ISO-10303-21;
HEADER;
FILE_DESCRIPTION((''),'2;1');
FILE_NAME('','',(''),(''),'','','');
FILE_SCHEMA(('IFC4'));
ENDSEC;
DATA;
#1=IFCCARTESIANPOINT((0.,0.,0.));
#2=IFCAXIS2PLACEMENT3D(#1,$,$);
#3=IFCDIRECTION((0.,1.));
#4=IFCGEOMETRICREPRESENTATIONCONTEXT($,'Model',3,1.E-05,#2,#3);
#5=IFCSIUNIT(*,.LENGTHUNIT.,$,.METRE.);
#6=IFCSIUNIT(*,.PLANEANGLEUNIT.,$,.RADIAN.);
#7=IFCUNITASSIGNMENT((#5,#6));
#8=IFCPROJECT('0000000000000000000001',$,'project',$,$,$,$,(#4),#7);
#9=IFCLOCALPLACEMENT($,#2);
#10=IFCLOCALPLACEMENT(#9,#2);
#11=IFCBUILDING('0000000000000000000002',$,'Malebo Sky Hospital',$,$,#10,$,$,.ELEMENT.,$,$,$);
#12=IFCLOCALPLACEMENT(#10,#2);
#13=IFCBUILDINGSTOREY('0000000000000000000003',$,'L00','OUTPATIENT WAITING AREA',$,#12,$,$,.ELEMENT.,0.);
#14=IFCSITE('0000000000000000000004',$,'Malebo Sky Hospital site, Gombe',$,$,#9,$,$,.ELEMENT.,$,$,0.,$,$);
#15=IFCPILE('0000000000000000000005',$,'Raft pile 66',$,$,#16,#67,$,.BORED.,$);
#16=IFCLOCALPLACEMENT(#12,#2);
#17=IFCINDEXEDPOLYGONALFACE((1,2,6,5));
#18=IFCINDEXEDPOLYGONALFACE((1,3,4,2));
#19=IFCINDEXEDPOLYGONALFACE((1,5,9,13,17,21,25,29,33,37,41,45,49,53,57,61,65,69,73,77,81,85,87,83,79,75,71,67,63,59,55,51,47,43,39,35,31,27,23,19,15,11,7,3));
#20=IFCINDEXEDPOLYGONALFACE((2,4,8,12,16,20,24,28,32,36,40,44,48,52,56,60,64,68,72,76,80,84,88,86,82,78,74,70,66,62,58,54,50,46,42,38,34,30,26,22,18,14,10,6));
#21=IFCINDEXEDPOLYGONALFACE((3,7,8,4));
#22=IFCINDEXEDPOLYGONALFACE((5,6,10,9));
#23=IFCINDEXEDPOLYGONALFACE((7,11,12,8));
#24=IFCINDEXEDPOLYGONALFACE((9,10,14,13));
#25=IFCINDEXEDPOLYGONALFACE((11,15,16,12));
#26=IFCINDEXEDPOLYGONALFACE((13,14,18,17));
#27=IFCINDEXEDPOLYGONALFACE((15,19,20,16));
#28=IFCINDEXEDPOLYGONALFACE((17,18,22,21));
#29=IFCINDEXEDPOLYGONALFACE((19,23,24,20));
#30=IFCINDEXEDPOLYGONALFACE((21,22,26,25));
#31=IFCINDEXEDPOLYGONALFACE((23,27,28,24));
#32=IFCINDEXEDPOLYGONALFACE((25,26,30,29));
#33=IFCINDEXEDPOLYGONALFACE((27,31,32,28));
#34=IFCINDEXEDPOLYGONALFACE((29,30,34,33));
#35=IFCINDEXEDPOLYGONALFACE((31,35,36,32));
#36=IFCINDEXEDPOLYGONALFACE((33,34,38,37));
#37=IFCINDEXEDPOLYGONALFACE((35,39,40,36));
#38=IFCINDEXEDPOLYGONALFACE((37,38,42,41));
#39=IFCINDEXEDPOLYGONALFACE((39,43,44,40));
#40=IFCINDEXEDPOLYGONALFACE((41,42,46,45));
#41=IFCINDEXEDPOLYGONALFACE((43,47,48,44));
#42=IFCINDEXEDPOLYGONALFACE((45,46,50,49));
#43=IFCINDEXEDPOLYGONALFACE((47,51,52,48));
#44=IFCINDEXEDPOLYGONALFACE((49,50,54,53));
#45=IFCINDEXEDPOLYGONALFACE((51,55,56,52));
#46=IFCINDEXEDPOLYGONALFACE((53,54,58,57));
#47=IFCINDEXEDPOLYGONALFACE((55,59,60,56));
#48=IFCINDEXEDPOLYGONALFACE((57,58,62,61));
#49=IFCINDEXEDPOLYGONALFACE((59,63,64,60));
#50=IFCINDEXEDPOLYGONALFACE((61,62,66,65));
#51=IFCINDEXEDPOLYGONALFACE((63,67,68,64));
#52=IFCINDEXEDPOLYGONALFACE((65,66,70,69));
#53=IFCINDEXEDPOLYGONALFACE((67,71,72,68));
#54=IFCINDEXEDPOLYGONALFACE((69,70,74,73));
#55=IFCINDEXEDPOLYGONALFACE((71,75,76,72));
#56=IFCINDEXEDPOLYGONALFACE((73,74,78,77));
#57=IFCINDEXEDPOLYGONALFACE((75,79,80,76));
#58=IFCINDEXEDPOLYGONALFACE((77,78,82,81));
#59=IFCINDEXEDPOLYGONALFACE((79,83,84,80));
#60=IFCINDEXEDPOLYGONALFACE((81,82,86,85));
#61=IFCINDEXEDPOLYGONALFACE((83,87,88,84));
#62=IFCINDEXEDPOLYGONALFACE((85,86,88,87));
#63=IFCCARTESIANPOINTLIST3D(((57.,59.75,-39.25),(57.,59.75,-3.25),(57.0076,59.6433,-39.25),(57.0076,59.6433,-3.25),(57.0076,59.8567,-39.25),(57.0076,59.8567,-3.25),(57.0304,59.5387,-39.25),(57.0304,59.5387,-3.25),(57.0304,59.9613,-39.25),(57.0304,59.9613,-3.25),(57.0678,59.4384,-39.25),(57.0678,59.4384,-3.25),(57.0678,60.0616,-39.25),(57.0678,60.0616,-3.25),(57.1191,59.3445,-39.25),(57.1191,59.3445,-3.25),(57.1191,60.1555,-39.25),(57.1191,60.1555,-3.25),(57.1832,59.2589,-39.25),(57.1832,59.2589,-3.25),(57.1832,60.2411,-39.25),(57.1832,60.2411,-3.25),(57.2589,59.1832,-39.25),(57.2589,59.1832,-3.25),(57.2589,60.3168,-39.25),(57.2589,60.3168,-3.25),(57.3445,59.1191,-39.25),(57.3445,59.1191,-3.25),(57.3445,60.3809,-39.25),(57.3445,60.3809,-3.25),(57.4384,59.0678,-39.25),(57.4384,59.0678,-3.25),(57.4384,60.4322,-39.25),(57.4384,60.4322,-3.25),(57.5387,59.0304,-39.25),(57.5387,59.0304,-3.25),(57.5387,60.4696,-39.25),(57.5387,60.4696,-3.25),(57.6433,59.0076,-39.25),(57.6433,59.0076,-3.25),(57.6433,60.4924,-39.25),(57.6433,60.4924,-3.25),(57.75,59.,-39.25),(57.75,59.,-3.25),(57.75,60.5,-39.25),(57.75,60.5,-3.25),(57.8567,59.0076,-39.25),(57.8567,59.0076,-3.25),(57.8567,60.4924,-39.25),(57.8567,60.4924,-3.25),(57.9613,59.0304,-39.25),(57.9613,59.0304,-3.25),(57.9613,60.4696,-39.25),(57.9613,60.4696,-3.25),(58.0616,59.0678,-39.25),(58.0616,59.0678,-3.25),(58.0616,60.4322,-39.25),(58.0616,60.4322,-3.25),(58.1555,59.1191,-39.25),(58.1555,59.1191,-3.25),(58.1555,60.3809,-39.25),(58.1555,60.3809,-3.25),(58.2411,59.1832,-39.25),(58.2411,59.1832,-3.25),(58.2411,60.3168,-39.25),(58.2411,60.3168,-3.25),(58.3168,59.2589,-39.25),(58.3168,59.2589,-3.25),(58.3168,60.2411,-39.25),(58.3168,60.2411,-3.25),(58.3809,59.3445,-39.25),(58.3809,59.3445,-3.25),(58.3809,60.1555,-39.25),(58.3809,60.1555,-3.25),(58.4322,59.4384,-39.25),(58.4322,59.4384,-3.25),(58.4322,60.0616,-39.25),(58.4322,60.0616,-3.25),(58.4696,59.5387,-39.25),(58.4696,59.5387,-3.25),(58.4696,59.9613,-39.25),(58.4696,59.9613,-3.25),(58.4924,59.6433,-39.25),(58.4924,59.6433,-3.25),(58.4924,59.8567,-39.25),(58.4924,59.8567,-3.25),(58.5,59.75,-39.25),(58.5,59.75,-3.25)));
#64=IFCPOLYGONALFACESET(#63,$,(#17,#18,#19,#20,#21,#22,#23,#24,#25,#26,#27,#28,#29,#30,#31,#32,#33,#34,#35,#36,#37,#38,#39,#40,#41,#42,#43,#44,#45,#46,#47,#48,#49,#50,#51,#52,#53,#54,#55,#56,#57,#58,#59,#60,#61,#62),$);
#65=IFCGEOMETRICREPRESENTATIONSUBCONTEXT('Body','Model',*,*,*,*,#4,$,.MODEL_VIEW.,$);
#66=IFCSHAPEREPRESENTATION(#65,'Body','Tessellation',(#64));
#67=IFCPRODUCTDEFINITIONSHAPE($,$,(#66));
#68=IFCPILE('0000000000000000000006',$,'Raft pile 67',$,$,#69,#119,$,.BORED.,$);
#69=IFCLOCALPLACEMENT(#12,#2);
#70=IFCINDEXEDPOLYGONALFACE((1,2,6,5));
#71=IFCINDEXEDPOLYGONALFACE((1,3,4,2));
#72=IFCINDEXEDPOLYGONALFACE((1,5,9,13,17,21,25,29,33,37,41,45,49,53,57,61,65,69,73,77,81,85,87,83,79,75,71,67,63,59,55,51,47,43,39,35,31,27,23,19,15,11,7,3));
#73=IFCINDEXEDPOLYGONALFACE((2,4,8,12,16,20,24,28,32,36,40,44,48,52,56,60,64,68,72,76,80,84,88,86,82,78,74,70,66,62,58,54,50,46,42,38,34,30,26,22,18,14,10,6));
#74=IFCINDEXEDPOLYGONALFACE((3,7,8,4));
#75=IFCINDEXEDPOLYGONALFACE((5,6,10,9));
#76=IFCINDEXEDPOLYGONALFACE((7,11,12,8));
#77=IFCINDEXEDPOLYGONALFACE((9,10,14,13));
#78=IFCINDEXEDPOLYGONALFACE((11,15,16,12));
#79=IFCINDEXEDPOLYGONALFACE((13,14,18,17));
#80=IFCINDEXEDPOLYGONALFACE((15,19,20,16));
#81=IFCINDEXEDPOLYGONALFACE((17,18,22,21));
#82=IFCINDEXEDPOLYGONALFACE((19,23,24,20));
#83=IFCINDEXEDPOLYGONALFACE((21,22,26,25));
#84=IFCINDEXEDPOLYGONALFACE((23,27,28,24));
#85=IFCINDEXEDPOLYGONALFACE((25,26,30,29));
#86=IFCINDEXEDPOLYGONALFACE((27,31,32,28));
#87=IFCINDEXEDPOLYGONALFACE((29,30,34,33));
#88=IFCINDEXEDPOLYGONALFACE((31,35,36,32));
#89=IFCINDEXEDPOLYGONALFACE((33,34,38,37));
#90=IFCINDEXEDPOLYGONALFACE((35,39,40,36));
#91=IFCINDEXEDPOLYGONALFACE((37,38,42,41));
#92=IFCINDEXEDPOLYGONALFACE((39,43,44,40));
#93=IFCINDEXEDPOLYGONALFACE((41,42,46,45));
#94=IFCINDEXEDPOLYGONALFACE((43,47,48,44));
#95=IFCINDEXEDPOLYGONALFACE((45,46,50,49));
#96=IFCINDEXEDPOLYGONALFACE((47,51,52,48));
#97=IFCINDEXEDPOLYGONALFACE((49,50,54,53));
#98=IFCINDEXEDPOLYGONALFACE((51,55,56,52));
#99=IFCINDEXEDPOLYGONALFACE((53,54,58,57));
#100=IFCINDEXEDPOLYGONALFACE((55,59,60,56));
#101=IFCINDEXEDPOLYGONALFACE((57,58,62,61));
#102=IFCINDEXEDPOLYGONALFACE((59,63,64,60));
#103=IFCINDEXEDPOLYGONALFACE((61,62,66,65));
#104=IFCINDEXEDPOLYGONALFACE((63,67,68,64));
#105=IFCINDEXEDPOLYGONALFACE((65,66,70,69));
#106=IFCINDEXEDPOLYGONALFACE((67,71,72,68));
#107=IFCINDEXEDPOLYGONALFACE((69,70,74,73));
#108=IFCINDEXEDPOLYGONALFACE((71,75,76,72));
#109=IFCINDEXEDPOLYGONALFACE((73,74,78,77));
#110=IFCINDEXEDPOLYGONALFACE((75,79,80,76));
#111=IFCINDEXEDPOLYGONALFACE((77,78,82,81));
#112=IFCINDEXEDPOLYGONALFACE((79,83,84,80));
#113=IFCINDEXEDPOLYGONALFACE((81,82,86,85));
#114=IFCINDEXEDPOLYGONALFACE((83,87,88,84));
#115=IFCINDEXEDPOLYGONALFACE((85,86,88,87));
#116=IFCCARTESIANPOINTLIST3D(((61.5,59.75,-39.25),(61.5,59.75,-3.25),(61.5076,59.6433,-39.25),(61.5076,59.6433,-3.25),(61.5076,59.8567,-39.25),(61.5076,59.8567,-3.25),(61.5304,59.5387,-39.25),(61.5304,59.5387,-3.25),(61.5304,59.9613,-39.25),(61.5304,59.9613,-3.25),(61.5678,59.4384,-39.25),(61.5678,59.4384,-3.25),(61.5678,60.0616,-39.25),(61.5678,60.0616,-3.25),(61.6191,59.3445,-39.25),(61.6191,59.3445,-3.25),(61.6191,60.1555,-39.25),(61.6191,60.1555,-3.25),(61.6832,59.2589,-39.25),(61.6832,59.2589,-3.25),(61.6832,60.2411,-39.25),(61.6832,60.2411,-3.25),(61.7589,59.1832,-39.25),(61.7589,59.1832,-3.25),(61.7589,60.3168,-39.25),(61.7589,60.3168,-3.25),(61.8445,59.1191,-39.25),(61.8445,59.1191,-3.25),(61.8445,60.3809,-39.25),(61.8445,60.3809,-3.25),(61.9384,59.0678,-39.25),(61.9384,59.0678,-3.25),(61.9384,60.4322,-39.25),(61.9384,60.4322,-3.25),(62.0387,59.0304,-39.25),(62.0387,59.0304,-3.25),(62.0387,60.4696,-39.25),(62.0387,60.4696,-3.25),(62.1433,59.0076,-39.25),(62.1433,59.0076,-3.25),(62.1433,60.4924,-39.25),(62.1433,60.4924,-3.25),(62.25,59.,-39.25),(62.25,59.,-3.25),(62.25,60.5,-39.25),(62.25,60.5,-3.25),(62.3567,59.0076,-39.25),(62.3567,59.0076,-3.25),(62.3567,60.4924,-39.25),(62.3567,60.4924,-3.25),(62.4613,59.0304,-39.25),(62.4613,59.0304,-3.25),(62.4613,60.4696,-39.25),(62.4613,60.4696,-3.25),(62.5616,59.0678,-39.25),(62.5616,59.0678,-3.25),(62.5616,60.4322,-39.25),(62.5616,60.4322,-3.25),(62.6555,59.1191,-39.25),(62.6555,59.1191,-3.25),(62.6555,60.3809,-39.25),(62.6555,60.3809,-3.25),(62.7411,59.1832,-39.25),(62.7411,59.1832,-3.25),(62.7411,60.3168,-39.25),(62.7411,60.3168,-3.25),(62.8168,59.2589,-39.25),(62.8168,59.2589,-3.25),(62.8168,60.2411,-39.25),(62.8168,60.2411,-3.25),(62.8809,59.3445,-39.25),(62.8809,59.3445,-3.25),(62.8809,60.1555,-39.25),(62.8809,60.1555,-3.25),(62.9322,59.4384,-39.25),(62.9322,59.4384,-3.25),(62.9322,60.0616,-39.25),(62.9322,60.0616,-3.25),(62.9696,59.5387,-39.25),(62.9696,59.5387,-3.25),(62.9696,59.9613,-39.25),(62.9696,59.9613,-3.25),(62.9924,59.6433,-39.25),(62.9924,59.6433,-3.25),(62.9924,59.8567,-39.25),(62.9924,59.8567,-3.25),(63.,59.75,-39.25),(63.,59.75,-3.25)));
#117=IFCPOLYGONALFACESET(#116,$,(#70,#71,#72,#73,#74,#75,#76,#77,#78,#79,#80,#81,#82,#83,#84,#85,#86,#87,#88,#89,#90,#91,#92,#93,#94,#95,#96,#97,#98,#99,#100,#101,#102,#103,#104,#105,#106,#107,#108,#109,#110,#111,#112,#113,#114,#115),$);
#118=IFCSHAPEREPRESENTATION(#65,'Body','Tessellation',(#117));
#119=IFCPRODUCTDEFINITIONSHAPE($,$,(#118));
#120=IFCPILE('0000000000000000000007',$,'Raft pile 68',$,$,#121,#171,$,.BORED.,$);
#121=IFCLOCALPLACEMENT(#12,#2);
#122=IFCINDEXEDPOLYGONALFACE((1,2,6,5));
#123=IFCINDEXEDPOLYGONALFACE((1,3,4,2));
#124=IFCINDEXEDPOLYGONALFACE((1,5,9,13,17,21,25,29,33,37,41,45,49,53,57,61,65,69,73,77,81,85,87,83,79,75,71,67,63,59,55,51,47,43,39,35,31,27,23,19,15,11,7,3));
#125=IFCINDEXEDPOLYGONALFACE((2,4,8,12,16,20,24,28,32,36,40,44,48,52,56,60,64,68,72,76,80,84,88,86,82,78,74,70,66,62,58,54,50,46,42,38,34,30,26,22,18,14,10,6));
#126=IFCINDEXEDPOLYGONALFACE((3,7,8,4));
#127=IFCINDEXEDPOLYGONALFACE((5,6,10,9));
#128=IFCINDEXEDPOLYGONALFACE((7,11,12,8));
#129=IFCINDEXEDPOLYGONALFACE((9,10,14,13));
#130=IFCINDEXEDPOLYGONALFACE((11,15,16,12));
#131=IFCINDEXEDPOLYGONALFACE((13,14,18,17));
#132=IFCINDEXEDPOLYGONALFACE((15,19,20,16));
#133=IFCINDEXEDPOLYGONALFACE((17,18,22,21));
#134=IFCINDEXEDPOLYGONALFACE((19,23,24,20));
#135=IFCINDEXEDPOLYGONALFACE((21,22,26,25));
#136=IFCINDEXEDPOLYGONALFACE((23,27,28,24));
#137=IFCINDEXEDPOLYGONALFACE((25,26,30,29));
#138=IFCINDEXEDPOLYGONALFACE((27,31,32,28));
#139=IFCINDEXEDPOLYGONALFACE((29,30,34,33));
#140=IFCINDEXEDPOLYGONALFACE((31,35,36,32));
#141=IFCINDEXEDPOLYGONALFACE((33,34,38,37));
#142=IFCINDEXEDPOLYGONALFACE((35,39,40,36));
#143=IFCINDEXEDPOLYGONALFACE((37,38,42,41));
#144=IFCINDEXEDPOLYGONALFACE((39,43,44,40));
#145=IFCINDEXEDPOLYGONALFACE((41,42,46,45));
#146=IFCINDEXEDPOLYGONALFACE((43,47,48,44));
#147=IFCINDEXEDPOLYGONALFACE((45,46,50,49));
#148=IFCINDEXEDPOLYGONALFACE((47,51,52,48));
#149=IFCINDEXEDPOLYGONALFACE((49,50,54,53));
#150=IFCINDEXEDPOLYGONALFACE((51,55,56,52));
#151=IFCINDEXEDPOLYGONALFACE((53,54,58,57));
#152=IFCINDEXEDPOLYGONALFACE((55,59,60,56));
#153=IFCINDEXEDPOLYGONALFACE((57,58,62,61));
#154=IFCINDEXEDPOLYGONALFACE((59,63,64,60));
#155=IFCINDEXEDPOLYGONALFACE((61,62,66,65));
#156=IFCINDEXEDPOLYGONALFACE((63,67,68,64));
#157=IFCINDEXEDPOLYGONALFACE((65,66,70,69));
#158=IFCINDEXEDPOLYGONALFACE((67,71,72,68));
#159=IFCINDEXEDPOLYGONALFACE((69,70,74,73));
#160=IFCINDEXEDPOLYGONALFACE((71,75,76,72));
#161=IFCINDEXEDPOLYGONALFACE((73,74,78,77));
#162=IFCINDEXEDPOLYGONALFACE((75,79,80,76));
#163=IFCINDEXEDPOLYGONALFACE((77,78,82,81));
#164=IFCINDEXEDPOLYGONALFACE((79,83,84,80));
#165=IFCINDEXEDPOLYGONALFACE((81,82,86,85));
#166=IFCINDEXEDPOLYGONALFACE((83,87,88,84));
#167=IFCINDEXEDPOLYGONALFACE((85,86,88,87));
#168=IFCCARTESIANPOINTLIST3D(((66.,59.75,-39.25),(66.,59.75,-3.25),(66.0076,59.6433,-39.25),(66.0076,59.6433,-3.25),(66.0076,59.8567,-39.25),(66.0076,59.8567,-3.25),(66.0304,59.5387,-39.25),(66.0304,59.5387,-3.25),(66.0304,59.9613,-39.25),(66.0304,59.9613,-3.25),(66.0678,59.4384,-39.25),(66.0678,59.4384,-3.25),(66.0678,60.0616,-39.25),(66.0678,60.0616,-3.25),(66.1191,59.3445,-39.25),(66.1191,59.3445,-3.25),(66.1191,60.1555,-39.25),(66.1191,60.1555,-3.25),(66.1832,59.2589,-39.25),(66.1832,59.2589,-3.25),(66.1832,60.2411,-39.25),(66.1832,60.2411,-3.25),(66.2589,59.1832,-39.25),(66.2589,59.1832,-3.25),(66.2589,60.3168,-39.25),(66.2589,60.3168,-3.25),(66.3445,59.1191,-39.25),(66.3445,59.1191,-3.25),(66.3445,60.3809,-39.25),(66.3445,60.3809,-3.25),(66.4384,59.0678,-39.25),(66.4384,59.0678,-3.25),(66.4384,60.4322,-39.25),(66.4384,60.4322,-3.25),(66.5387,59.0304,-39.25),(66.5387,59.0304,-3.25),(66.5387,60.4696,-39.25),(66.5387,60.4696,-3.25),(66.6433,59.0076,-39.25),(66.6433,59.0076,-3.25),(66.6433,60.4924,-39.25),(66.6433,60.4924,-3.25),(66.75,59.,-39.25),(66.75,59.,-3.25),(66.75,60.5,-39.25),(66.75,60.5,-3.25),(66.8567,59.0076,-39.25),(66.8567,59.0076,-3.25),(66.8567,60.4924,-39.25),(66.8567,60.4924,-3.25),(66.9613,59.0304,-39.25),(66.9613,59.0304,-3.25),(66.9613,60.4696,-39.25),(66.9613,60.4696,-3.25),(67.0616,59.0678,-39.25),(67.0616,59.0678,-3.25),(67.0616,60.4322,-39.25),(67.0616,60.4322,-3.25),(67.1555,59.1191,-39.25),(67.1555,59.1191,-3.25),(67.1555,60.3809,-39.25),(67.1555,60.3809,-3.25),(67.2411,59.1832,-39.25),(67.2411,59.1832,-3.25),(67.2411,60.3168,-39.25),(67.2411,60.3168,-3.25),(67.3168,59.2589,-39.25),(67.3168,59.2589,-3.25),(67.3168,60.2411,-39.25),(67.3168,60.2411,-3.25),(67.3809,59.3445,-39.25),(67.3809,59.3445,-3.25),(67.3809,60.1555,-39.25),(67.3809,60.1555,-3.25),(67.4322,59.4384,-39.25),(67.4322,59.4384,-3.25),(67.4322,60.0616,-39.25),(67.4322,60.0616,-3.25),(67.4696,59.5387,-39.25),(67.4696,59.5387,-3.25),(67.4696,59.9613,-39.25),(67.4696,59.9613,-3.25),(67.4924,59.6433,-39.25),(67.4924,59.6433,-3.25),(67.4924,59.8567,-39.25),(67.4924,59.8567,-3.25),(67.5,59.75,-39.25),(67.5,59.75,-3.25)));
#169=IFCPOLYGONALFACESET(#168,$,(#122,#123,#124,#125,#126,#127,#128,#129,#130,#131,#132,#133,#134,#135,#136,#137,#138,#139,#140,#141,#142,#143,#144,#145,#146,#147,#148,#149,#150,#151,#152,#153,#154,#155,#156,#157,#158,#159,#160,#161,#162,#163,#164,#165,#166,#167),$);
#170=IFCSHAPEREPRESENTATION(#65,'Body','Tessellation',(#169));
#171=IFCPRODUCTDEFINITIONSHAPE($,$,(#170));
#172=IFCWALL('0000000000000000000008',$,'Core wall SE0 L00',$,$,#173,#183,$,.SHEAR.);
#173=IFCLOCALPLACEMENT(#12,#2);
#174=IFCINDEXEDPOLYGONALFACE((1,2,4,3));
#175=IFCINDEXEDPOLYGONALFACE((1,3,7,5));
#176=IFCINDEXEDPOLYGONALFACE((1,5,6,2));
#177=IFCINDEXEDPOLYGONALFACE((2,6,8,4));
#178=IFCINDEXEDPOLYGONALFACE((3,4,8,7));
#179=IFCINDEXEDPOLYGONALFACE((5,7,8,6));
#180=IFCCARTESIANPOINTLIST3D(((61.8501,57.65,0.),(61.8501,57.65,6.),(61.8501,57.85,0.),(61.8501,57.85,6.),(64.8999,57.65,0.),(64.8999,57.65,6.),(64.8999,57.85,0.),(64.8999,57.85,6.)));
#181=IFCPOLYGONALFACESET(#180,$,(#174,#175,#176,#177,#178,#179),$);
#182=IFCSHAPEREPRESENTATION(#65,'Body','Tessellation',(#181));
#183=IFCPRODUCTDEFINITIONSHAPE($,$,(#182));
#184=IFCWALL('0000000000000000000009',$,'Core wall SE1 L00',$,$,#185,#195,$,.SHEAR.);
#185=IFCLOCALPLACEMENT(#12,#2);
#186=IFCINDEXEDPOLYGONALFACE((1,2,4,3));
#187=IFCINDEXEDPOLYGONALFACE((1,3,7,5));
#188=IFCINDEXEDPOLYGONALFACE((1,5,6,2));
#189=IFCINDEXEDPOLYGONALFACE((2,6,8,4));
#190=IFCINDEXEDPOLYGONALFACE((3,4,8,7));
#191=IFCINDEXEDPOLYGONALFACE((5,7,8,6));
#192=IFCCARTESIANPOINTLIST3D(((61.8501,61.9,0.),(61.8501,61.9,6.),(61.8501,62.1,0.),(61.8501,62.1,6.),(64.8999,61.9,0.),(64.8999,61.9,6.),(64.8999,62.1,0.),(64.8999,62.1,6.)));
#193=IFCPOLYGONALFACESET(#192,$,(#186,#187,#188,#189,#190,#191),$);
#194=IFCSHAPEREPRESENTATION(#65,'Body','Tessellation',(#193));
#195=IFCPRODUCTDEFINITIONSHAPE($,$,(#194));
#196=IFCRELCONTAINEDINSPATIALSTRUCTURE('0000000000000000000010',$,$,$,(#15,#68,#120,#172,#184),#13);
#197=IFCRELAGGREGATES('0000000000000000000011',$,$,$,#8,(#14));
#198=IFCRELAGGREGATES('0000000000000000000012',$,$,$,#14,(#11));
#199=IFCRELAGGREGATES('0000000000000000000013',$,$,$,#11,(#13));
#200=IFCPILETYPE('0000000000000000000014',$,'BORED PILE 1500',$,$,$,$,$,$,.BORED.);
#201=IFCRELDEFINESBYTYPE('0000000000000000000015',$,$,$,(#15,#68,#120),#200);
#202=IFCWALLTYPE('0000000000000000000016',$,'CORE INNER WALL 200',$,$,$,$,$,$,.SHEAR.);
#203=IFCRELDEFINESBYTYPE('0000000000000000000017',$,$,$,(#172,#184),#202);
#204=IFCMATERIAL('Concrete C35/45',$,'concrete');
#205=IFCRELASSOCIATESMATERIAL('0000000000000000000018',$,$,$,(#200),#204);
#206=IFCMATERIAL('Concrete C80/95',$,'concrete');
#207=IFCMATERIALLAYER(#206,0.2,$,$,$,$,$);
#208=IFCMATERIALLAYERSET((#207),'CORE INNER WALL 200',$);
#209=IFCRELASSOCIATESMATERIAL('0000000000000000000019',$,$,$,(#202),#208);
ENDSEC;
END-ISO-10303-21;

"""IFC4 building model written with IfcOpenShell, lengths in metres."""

from ifc_helpers import new_model, si_unit, direction, frame, frame_2d, origin, origin_2d, place, context, subcontext, project, spatial, rectangle, circle, extrude, material, layer, layer_set, material_profile, profile_set, type_object, element, save


model = new_model("IFC4")

# Units and contexts
model_context = context("Model", 3, precision=1e-05, world=origin(), true_north=direction((0.0, 1.0)))
body_context = subcontext(model_context, "Body", "Model", "MODEL_VIEW")
ifc_project = project(units=[si_unit("LENGTHUNIT", "METRE"), si_unit("PLANEANGLEUNIT", "RADIAN")], contexts=[model_context])

# Site, building, storey
site_placement = place(None, origin())
site = spatial("IfcSite", under=ifc_project, at=site_placement, Name="Malebo Sky Hospital site, Gombe", CompositionType="ELEMENT", RefElevation=0.0)
building_placement = place(site_placement, origin())
building = spatial("IfcBuilding", under=site, at=building_placement, Name="Malebo Sky Hospital", CompositionType="ELEMENT")
storey_placement = place(building_placement, origin())
storey = spatial("IfcBuildingStorey", under=building, at=storey_placement, Name="L00", Description="OUTPATIENT WAITING AREA", CompositionType="ELEMENT", Elevation=0.0)

# Piles
ifc_material_1 = material(Name="Concrete C35/45", Category="concrete")
ifc_material_profile = material_profile(ifc_material_1, circle(Radius=0.75, at=origin_2d()), Name="BP 1500")
ifc_profile_set = profile_set([ifc_material_profile], Name="Concrete C35/45")
pile_type = type_object("IfcPileType", Name="BORED PILE 1500", PredefinedType="BORED", material=ifc_profile_set)
for number, where, z_axis, x_axis, name in (
    (1, (57.75, 59.75, -3.25), (0.0, 0.0, -1.0), (1.0, 0.0, 0.0), "Raft pile 66"),
    (2, (62.25, 59.75, -3.25), (0.0, 0.0, -1.0), (1.0, 0.0, 0.0), "Raft pile 67"),
    (3, (66.75, 59.75, -3.25), (0.0, 0.0, -1.0), (1.0, 0.0, 0.0), "Raft pile 68"),
):
    element("IfcPile", number, at=place(storey_placement, frame(where, z_axis=z_axis, x_axis=x_axis)), inside=storey, type_object=pile_type, Name=name, PredefinedType="BORED", context=body_context, shape_type="SweptSolid", body=[
        extrude(circle(Radius=0.75, at=origin_2d()), origin(), (0.0, 0.0, 1.0), 36.0),
    ])

# Walls
ifc_material_2 = material(Name="Concrete C80/95", Category="concrete")
ifc_layer_1 = layer(ifc_material_2, 0.2)
ifc_layer_set_1 = layer_set([ifc_layer_1], Name="CORE INNER WALL 200")
wall_type_1 = type_object("IfcWallType", Name="CORE INNER WALL 200", PredefinedType="SHEAR", material=ifc_layer_set_1)
for number, where, z_axis, x_axis, name in (
    (4, (61.8501, 57.75, 0.0), (0.0, 0.0, 1.0), (1.0, 0.0, 0.0), "Core wall SE0 L00"),
    (5, (61.8501, 62.0, 0.0), (0.0, 0.0, 1.0), (1.0, 0.0, 0.0), "Core wall SE1 L00"),
):
    element("IfcWall", number, at=place(storey_placement, frame(where, z_axis=z_axis, x_axis=x_axis)), inside=storey, type_object=wall_type_1, Name=name, PredefinedType="SHEAR", context=body_context, shape_type="SweptSolid", body=[
        extrude(rectangle(XDim=3.0498, YDim=0.2, at=frame_2d((1.5249, 0.0))), origin(), (0.0, 0.0, 1.0), 6.0),
    ])

save(model, "model.ifc")
